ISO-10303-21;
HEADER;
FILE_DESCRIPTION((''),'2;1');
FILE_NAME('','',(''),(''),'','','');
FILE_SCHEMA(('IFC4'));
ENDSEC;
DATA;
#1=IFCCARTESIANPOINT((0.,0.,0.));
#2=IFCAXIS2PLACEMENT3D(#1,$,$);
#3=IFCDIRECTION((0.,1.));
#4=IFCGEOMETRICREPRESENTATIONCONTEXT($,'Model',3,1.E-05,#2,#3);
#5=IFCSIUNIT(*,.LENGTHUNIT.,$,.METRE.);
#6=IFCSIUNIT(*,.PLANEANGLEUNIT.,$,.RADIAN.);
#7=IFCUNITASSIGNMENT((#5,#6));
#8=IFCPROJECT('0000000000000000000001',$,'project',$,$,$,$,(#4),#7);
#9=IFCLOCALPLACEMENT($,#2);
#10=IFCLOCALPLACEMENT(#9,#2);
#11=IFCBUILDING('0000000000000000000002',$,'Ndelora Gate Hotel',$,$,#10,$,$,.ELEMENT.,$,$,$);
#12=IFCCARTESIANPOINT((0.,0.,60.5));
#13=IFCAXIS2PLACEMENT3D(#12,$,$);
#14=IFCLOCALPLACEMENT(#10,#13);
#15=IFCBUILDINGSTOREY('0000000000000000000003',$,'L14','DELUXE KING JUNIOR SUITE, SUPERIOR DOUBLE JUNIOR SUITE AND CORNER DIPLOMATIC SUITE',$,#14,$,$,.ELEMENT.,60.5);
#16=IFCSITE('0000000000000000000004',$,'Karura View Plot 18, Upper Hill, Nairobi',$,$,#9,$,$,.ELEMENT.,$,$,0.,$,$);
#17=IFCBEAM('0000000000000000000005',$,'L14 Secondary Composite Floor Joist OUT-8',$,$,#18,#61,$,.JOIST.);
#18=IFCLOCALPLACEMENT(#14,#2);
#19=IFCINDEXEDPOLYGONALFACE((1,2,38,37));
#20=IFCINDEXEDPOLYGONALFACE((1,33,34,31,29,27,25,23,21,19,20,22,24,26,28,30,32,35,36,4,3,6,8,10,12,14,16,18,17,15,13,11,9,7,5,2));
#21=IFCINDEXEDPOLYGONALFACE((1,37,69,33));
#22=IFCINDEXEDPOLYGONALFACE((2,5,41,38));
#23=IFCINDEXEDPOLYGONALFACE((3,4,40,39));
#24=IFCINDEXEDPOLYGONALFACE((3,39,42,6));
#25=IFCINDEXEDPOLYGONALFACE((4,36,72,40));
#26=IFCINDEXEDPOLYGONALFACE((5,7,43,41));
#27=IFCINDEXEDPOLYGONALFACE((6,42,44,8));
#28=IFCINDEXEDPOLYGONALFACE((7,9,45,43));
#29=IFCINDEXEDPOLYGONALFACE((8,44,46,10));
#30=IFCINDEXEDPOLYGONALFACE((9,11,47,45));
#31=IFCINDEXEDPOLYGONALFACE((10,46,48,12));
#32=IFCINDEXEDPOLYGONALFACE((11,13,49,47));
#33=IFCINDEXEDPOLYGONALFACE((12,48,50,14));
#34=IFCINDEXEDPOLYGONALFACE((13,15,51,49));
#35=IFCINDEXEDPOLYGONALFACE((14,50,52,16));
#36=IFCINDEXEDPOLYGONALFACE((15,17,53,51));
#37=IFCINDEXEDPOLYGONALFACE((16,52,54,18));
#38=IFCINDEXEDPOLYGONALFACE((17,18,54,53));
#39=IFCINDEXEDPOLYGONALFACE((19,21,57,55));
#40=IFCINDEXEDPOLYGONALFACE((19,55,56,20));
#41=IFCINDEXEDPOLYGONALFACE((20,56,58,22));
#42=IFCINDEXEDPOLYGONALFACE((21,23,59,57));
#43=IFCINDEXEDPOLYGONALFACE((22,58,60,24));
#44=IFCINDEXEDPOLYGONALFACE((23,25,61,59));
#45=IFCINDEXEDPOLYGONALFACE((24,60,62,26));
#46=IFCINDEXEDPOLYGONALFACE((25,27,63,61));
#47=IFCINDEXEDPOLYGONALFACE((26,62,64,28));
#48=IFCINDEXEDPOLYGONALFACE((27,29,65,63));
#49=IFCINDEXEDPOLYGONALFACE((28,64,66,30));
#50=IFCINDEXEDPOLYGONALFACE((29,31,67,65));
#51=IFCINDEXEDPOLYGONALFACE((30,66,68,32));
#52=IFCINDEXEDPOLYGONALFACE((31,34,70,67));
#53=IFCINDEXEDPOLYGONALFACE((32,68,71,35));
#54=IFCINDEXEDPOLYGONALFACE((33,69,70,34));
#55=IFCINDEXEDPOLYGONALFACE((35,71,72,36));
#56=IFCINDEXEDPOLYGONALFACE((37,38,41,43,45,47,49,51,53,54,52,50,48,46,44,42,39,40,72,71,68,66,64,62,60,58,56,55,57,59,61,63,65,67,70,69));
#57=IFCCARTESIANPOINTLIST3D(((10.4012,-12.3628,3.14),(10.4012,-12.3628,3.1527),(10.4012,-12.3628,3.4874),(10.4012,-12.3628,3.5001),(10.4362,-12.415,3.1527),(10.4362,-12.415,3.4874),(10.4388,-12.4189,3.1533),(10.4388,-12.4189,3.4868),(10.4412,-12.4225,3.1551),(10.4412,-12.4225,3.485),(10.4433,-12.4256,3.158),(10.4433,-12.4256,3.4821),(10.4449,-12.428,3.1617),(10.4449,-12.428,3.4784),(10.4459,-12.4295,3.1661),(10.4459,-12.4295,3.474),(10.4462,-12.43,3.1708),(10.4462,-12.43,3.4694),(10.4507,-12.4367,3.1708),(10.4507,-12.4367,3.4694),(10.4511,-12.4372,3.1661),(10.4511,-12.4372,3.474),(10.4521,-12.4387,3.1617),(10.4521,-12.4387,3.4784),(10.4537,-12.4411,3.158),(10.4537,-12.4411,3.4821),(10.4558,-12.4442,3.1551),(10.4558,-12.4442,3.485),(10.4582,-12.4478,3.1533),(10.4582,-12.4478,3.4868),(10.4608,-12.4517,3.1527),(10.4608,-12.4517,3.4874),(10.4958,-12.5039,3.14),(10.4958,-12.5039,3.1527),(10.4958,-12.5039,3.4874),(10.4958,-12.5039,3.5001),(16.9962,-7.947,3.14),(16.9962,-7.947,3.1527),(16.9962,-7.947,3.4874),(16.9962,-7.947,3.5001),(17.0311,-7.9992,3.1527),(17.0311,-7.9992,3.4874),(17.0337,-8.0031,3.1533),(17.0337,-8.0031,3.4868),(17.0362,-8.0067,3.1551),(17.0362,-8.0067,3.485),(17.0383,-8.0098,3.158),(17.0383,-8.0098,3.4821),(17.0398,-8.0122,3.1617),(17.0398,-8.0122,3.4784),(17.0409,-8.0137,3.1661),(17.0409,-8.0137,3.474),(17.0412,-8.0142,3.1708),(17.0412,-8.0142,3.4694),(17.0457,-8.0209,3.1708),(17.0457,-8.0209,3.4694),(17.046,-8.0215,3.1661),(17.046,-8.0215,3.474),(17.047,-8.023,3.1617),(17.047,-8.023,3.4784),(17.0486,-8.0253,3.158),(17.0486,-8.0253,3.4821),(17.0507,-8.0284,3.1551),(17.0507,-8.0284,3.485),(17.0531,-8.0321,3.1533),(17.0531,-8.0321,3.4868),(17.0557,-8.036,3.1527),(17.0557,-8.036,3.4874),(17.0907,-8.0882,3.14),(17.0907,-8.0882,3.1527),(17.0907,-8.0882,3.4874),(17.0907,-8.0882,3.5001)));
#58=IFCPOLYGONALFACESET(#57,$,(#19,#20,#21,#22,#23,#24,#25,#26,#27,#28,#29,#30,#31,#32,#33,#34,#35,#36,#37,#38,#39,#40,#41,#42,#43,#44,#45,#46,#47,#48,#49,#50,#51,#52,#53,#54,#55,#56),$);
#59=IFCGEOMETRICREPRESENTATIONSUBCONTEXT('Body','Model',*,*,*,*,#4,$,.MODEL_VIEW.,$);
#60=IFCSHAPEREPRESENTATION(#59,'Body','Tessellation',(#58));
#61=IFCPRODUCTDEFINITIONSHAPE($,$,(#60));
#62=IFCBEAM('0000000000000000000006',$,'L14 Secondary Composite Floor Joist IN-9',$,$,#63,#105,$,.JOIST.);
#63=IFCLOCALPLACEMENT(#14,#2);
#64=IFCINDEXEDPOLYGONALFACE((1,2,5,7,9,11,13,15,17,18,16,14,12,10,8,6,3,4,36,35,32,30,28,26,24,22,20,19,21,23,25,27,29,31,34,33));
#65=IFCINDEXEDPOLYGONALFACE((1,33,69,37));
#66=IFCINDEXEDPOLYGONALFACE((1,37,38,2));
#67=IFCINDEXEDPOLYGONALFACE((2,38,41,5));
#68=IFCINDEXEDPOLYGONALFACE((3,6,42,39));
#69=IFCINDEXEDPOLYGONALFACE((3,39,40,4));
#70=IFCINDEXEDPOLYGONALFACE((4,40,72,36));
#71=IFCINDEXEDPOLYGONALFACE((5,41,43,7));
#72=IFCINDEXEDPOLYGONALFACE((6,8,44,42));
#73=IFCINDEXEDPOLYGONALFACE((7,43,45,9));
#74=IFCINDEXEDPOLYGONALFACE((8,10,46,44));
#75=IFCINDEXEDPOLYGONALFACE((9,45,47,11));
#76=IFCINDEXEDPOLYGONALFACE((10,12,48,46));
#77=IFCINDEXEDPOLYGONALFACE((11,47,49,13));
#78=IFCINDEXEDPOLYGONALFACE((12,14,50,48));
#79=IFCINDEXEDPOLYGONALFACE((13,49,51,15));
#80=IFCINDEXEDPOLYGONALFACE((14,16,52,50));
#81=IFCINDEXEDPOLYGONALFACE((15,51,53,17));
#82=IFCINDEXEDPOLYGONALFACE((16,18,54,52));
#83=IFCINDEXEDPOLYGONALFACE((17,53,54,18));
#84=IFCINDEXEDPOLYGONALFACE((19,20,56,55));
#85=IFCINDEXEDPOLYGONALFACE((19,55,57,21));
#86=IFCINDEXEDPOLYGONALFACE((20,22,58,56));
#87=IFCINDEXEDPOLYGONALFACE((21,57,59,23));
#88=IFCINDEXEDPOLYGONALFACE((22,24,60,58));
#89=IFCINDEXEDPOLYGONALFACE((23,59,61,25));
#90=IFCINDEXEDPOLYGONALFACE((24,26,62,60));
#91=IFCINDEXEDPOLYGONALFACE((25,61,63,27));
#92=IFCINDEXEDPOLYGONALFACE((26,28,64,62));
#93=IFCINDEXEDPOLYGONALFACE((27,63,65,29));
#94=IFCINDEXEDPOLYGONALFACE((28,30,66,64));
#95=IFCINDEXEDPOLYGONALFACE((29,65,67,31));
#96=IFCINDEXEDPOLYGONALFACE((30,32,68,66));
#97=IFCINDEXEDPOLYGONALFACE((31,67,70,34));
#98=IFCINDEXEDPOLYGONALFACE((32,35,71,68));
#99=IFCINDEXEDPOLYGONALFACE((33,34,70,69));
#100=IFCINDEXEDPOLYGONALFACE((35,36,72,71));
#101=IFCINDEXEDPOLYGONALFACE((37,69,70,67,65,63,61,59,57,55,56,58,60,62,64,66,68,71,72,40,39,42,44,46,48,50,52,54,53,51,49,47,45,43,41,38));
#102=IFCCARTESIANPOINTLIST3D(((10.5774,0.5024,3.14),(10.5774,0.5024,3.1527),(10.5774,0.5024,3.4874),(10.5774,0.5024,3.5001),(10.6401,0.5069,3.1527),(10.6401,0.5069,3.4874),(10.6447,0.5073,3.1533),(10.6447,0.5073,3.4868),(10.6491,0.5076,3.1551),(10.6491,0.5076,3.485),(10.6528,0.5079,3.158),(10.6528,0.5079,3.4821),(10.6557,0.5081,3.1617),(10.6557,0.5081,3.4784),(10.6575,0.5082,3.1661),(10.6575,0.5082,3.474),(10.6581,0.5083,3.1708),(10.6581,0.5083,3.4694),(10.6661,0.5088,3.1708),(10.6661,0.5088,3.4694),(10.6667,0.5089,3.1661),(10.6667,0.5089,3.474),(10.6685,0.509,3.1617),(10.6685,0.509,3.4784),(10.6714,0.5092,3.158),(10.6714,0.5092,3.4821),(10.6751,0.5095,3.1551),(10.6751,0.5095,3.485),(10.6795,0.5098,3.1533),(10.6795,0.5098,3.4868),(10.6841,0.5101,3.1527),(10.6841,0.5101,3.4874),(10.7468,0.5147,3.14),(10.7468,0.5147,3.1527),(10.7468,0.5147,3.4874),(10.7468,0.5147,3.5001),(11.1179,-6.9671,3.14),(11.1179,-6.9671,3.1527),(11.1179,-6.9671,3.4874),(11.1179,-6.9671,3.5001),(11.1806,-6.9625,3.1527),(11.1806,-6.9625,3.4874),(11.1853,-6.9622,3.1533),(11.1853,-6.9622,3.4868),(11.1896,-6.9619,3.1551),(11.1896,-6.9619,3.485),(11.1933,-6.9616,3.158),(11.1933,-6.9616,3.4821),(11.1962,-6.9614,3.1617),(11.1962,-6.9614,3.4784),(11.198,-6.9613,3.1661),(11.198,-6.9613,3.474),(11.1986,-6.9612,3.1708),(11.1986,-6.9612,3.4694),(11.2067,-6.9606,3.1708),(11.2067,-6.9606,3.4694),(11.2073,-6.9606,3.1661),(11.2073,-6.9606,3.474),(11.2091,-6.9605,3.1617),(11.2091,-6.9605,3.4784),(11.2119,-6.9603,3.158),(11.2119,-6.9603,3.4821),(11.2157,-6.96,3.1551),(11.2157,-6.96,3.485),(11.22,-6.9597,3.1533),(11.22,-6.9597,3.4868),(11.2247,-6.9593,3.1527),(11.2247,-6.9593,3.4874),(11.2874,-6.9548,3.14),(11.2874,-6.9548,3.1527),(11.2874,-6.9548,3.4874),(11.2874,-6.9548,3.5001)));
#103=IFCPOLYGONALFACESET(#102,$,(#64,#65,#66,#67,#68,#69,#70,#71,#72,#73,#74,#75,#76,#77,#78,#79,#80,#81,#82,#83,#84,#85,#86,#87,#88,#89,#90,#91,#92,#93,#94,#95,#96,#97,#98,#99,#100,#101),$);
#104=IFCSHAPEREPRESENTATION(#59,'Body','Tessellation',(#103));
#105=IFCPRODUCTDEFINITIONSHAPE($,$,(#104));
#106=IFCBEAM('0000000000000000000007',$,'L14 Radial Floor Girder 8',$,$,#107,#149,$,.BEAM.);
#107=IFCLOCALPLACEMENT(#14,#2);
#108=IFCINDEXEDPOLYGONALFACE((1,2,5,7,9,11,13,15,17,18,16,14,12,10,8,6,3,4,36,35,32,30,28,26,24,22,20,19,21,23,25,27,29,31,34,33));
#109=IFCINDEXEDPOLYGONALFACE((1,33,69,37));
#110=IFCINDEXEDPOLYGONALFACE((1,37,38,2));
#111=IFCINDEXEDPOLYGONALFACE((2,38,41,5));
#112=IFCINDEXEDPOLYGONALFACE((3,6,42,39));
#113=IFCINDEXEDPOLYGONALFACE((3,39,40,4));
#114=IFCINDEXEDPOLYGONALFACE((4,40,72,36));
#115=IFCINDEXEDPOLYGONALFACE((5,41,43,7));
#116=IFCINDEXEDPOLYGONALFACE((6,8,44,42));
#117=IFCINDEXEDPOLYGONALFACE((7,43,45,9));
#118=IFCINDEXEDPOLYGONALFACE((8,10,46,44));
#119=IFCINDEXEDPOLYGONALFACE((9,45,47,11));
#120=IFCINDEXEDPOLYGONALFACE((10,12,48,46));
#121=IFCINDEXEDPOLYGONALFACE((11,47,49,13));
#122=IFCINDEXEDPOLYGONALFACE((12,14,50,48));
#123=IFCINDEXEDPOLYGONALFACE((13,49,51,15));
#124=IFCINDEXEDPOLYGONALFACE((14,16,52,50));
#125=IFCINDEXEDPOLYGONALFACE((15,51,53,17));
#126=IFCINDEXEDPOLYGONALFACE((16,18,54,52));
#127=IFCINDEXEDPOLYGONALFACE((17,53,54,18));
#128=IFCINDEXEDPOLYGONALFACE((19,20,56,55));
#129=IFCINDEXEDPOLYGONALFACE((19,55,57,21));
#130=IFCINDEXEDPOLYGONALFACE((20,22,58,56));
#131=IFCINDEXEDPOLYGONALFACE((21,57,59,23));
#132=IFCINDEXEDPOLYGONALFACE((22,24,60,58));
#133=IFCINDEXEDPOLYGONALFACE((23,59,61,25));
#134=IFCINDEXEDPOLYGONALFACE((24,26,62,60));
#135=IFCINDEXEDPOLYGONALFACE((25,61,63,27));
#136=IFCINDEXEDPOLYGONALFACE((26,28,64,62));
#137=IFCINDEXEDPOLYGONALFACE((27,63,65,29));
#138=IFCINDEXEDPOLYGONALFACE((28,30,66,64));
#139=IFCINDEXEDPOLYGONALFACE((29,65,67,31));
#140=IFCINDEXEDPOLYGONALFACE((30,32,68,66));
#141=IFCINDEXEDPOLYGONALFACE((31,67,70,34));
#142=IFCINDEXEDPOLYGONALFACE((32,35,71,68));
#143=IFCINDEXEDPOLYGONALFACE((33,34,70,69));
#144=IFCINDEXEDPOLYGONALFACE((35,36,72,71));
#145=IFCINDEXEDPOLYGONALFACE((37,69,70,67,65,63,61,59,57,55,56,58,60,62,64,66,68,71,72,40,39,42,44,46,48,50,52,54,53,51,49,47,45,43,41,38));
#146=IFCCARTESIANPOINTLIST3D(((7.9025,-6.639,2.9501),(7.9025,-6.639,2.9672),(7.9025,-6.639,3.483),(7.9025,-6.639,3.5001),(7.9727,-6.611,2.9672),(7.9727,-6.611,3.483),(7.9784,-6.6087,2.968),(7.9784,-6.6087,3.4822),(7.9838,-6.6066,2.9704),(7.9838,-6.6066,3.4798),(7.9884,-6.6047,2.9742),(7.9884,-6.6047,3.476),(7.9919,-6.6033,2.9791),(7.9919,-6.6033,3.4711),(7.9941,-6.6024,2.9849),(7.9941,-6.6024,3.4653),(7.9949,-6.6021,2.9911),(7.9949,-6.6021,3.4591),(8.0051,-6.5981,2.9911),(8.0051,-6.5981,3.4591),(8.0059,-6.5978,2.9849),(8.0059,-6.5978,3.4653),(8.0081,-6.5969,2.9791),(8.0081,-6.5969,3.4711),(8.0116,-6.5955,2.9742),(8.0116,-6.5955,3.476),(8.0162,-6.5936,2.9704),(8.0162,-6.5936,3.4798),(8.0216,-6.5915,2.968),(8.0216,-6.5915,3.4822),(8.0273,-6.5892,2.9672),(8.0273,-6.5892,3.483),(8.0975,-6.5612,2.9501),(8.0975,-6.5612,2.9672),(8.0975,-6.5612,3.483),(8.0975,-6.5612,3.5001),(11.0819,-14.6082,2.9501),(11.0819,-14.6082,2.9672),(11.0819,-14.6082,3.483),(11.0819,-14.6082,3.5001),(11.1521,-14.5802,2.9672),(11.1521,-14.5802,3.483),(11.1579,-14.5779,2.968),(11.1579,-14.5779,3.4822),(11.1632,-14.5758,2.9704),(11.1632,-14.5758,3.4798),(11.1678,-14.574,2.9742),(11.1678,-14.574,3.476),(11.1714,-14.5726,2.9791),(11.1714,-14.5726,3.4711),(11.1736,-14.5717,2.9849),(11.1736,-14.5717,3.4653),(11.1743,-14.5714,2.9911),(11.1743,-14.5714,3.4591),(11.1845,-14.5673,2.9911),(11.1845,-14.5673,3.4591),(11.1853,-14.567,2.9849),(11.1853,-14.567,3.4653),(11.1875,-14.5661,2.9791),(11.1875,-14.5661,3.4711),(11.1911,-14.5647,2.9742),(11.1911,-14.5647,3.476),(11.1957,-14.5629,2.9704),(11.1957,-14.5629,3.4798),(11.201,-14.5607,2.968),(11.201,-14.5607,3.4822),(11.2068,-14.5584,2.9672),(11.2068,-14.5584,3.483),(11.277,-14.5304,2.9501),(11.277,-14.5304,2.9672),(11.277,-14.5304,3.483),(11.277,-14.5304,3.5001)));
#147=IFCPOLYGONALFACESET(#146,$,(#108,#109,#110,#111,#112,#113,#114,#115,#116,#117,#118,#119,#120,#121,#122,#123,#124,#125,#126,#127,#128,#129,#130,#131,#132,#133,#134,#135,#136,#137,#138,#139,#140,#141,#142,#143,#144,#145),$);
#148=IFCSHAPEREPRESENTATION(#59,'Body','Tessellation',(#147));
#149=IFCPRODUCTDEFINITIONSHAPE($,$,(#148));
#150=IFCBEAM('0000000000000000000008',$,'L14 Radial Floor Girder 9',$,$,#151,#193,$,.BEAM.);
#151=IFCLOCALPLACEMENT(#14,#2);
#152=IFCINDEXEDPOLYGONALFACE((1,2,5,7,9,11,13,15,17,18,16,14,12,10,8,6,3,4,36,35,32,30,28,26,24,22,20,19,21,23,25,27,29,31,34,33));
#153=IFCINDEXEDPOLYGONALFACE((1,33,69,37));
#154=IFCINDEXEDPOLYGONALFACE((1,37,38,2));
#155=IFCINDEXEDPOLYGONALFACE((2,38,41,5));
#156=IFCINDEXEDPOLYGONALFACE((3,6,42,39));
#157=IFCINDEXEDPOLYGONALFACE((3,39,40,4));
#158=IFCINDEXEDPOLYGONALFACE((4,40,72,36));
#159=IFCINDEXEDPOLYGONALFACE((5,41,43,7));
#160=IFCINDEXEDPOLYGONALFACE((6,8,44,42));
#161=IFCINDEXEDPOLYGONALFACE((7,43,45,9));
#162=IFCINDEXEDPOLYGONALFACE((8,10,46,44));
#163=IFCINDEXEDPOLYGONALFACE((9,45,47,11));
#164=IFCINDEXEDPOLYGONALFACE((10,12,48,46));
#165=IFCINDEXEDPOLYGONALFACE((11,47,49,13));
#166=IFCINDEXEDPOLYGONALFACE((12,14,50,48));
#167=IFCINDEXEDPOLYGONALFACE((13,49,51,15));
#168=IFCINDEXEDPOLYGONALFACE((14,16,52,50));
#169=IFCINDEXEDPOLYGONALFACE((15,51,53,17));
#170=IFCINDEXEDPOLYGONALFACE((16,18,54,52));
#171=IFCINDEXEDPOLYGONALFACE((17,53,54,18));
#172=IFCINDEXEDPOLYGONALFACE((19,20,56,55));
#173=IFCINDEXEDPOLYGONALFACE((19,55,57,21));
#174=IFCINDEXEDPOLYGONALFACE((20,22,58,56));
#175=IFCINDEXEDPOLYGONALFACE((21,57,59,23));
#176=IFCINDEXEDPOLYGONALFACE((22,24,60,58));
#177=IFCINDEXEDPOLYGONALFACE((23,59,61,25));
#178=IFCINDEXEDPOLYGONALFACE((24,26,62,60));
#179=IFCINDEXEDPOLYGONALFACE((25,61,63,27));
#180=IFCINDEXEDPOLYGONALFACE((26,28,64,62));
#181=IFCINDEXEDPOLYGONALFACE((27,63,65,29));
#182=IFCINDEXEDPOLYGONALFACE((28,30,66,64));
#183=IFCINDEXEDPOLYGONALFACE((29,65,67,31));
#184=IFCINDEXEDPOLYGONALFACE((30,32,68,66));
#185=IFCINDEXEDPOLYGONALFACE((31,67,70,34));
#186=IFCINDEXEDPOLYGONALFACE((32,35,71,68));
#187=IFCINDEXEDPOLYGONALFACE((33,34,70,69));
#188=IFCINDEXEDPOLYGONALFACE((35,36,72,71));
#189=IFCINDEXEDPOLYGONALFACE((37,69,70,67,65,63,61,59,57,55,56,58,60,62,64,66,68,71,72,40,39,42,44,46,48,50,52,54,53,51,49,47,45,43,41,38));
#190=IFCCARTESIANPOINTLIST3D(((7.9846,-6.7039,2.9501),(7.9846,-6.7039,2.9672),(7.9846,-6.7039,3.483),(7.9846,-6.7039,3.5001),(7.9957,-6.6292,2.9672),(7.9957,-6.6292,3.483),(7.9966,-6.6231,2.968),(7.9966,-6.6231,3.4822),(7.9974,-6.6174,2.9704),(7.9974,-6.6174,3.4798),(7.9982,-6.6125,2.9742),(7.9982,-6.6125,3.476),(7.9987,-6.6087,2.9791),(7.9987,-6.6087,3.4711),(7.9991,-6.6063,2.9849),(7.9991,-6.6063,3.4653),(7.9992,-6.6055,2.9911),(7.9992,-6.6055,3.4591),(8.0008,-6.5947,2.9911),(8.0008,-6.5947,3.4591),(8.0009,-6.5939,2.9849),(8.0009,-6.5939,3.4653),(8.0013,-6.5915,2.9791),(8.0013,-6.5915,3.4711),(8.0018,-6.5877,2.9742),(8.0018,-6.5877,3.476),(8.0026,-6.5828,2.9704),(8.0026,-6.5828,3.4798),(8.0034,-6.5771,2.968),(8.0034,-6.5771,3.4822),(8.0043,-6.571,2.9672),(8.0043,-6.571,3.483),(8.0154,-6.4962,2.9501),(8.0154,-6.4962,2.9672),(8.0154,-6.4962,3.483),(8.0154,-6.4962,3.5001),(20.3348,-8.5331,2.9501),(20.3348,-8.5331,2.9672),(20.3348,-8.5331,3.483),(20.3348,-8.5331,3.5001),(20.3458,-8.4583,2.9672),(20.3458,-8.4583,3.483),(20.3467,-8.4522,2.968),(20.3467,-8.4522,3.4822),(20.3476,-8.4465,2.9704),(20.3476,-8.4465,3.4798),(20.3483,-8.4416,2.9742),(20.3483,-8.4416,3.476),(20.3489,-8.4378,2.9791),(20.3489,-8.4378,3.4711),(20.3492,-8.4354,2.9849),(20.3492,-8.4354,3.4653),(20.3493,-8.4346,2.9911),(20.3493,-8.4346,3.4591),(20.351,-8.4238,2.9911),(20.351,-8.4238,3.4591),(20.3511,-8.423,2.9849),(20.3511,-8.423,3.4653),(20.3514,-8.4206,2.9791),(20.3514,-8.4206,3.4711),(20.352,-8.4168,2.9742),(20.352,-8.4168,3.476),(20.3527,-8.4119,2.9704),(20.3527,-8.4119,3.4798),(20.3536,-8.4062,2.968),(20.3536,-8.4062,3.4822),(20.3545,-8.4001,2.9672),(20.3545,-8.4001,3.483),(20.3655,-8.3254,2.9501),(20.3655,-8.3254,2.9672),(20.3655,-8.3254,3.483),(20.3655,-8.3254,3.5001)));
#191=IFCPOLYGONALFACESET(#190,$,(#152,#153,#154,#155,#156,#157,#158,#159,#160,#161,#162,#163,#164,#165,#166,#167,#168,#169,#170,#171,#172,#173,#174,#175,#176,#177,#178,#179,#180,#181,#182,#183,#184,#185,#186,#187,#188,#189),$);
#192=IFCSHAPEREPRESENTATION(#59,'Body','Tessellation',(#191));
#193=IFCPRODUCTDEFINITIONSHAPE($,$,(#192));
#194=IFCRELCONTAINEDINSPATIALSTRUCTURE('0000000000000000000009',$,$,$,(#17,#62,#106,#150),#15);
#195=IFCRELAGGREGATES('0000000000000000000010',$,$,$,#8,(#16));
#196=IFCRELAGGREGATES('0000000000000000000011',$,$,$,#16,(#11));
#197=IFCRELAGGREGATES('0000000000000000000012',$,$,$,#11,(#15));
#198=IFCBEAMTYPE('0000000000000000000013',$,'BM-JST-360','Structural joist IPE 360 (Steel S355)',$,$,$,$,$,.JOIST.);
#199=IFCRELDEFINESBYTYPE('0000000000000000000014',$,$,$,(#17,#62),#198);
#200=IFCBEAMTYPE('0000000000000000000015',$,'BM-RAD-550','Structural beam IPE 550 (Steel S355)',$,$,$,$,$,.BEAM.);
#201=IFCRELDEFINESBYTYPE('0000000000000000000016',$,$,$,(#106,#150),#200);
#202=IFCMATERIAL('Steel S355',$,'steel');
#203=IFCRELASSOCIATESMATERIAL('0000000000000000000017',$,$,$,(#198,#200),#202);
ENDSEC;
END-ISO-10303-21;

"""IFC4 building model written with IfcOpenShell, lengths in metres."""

from ifc_helpers import new_model, si_unit, direction, frame, origin, origin_2d, place, context, subcontext, project, spatial, i_section, extrude, material, material_profile, profile_set, type_object, element, save


model = new_model("IFC4")

# Units and contexts
model_context = context("Model", 3, precision=1e-05, world=origin(), true_north=direction((0.0, 1.0)))
body_context = subcontext(model_context, "Body", "Model", "MODEL_VIEW")
ifc_project = project(units=[si_unit("LENGTHUNIT", "METRE"), si_unit("PLANEANGLEUNIT", "RADIAN")], contexts=[model_context])

# Site, building, storey
site_placement = place(None, origin())
site = spatial("IfcSite", under=ifc_project, at=site_placement, Name="Karura View Plot 18, Upper Hill, Nairobi", CompositionType="ELEMENT", RefElevation=0.0)
building_placement = place(site_placement, origin())
building = spatial("IfcBuilding", under=site, at=building_placement, Name="Ndelora Gate Hotel", CompositionType="ELEMENT")
storey_placement = place(building_placement, frame((0.0, 0.0, 60.5)))
storey = spatial("IfcBuildingStorey", under=building, at=storey_placement, Name="L14", Description="DELUXE KING JUNIOR SUITE, SUPERIOR DOUBLE JUNIOR SUITE AND CORNER DIPLOMATIC SUITE", CompositionType="ELEMENT", Elevation=60.5)

# Beams
ifc_material_1 = material(Name="Steel S355", Category="steel")
ifc_material_profile_1 = material_profile(ifc_material_1, i_section(OverallWidth=0.1699, OverallDepth=0.3601, WebThickness=0.0081, FlangeThickness=0.0127, FilletRadius=0.0181, at=origin_2d()), Name="IPE 360")
ifc_profile_set_1 = profile_set([ifc_material_profile_1], Name="Steel S355")
beam_type_1 = type_object("IfcBeamType", Name="BM-JST-360", Description="Structural joist IPE 360 (Steel S355)", PredefinedType="JOIST", material=ifc_profile_set_1)
beam_1_placement = place(storey_placement, frame((10.4485, -12.4333, 3.3201), z_axis=(0.830937, 0.556367, 0.0), x_axis=(-0.556367, 0.830937, 0.0)))
element("IfcBeam", 1, at=beam_1_placement, inside=storey, type_object=beam_type_1, Name="L14 Secondary Composite Floor Joist OUT-8", PredefinedType="JOIST", context=body_context, shape_type="SweptSolid", body=[
    extrude(i_section(OverallWidth=0.1699, OverallDepth=0.3601, WebThickness=0.0081, FlangeThickness=0.0127, FilletRadius=0.0181, at=origin_2d()), origin(), (0.0, 0.0, 1.0), 7.9368),
])
beam_2_placement = place(storey_placement, frame((11.2026, -6.9609, 3.3201), z_axis=(-0.072176, 0.997392, 0.0), x_axis=(-0.997392, -0.072176, 0.0)))
element("IfcBeam", 2, at=beam_2_placement, inside=storey, type_object=beam_type_1, Name="L14 Secondary Composite Floor Joist IN-9", PredefinedType="JOIST", context=body_context, shape_type="SweptSolid", body=[
    extrude(i_section(OverallWidth=0.1699, OverallDepth=0.3601, WebThickness=0.0081, FlangeThickness=0.0127, FilletRadius=0.0181, at=origin_2d()), origin(), (0.0, 0.0, 1.0), 7.489),
])
ifc_material_profile_2 = material_profile(ifc_material_1, i_section(OverallWidth=0.21, OverallDepth=0.55, WebThickness=0.011, FlangeThickness=0.0171, FilletRadius=0.0239, at=origin_2d()), Name="IPE 550")
ifc_profile_set_2 = profile_set([ifc_material_profile_2], Name="Steel S355")
beam_type_2 = type_object("IfcBeamType", Name="BM-RAD-550", Description="Structural beam IPE 550 (Steel S355)", PredefinedType="BEAM", material=ifc_profile_set_2)
beam_3_placement = place(storey_placement, frame((8.0, -6.6001, 3.2251), z_axis=(0.370561, -0.928808, 0.0), x_axis=(0.928808, 0.370561, 0.0)))
element("IfcBeam", 3, at=beam_3_placement, inside=storey, type_object=beam_type_2, Name="L14 Radial Floor Girder 8", PredefinedType="BEAM", context=body_context, shape_type="SweptSolid", body=[
    extrude(i_section(OverallWidth=0.21, OverallDepth=0.55, WebThickness=0.011, FlangeThickness=0.0171, FilletRadius=0.0239, at=origin_2d()), origin(), (0.0, 0.0, 1.0), 8.5801),
])
beam_4_placement = place(storey_placement, frame((8.0, -6.6001, 3.2251), z_axis=(0.98921, -0.146506, 0.0), x_axis=(0.146506, 0.98921, 0.0)))
element("IfcBeam", 4, at=beam_4_placement, inside=storey, type_object=beam_type_2, Name="L14 Radial Floor Girder 9", PredefinedType="BEAM", context=body_context, shape_type="SweptSolid", body=[
    extrude(i_section(OverallWidth=0.21, OverallDepth=0.55, WebThickness=0.011, FlangeThickness=0.0171, FilletRadius=0.0239, at=origin_2d()), origin(), (0.0, 0.0, 1.0), 12.4849),
])

save(model, "model.ifc")
